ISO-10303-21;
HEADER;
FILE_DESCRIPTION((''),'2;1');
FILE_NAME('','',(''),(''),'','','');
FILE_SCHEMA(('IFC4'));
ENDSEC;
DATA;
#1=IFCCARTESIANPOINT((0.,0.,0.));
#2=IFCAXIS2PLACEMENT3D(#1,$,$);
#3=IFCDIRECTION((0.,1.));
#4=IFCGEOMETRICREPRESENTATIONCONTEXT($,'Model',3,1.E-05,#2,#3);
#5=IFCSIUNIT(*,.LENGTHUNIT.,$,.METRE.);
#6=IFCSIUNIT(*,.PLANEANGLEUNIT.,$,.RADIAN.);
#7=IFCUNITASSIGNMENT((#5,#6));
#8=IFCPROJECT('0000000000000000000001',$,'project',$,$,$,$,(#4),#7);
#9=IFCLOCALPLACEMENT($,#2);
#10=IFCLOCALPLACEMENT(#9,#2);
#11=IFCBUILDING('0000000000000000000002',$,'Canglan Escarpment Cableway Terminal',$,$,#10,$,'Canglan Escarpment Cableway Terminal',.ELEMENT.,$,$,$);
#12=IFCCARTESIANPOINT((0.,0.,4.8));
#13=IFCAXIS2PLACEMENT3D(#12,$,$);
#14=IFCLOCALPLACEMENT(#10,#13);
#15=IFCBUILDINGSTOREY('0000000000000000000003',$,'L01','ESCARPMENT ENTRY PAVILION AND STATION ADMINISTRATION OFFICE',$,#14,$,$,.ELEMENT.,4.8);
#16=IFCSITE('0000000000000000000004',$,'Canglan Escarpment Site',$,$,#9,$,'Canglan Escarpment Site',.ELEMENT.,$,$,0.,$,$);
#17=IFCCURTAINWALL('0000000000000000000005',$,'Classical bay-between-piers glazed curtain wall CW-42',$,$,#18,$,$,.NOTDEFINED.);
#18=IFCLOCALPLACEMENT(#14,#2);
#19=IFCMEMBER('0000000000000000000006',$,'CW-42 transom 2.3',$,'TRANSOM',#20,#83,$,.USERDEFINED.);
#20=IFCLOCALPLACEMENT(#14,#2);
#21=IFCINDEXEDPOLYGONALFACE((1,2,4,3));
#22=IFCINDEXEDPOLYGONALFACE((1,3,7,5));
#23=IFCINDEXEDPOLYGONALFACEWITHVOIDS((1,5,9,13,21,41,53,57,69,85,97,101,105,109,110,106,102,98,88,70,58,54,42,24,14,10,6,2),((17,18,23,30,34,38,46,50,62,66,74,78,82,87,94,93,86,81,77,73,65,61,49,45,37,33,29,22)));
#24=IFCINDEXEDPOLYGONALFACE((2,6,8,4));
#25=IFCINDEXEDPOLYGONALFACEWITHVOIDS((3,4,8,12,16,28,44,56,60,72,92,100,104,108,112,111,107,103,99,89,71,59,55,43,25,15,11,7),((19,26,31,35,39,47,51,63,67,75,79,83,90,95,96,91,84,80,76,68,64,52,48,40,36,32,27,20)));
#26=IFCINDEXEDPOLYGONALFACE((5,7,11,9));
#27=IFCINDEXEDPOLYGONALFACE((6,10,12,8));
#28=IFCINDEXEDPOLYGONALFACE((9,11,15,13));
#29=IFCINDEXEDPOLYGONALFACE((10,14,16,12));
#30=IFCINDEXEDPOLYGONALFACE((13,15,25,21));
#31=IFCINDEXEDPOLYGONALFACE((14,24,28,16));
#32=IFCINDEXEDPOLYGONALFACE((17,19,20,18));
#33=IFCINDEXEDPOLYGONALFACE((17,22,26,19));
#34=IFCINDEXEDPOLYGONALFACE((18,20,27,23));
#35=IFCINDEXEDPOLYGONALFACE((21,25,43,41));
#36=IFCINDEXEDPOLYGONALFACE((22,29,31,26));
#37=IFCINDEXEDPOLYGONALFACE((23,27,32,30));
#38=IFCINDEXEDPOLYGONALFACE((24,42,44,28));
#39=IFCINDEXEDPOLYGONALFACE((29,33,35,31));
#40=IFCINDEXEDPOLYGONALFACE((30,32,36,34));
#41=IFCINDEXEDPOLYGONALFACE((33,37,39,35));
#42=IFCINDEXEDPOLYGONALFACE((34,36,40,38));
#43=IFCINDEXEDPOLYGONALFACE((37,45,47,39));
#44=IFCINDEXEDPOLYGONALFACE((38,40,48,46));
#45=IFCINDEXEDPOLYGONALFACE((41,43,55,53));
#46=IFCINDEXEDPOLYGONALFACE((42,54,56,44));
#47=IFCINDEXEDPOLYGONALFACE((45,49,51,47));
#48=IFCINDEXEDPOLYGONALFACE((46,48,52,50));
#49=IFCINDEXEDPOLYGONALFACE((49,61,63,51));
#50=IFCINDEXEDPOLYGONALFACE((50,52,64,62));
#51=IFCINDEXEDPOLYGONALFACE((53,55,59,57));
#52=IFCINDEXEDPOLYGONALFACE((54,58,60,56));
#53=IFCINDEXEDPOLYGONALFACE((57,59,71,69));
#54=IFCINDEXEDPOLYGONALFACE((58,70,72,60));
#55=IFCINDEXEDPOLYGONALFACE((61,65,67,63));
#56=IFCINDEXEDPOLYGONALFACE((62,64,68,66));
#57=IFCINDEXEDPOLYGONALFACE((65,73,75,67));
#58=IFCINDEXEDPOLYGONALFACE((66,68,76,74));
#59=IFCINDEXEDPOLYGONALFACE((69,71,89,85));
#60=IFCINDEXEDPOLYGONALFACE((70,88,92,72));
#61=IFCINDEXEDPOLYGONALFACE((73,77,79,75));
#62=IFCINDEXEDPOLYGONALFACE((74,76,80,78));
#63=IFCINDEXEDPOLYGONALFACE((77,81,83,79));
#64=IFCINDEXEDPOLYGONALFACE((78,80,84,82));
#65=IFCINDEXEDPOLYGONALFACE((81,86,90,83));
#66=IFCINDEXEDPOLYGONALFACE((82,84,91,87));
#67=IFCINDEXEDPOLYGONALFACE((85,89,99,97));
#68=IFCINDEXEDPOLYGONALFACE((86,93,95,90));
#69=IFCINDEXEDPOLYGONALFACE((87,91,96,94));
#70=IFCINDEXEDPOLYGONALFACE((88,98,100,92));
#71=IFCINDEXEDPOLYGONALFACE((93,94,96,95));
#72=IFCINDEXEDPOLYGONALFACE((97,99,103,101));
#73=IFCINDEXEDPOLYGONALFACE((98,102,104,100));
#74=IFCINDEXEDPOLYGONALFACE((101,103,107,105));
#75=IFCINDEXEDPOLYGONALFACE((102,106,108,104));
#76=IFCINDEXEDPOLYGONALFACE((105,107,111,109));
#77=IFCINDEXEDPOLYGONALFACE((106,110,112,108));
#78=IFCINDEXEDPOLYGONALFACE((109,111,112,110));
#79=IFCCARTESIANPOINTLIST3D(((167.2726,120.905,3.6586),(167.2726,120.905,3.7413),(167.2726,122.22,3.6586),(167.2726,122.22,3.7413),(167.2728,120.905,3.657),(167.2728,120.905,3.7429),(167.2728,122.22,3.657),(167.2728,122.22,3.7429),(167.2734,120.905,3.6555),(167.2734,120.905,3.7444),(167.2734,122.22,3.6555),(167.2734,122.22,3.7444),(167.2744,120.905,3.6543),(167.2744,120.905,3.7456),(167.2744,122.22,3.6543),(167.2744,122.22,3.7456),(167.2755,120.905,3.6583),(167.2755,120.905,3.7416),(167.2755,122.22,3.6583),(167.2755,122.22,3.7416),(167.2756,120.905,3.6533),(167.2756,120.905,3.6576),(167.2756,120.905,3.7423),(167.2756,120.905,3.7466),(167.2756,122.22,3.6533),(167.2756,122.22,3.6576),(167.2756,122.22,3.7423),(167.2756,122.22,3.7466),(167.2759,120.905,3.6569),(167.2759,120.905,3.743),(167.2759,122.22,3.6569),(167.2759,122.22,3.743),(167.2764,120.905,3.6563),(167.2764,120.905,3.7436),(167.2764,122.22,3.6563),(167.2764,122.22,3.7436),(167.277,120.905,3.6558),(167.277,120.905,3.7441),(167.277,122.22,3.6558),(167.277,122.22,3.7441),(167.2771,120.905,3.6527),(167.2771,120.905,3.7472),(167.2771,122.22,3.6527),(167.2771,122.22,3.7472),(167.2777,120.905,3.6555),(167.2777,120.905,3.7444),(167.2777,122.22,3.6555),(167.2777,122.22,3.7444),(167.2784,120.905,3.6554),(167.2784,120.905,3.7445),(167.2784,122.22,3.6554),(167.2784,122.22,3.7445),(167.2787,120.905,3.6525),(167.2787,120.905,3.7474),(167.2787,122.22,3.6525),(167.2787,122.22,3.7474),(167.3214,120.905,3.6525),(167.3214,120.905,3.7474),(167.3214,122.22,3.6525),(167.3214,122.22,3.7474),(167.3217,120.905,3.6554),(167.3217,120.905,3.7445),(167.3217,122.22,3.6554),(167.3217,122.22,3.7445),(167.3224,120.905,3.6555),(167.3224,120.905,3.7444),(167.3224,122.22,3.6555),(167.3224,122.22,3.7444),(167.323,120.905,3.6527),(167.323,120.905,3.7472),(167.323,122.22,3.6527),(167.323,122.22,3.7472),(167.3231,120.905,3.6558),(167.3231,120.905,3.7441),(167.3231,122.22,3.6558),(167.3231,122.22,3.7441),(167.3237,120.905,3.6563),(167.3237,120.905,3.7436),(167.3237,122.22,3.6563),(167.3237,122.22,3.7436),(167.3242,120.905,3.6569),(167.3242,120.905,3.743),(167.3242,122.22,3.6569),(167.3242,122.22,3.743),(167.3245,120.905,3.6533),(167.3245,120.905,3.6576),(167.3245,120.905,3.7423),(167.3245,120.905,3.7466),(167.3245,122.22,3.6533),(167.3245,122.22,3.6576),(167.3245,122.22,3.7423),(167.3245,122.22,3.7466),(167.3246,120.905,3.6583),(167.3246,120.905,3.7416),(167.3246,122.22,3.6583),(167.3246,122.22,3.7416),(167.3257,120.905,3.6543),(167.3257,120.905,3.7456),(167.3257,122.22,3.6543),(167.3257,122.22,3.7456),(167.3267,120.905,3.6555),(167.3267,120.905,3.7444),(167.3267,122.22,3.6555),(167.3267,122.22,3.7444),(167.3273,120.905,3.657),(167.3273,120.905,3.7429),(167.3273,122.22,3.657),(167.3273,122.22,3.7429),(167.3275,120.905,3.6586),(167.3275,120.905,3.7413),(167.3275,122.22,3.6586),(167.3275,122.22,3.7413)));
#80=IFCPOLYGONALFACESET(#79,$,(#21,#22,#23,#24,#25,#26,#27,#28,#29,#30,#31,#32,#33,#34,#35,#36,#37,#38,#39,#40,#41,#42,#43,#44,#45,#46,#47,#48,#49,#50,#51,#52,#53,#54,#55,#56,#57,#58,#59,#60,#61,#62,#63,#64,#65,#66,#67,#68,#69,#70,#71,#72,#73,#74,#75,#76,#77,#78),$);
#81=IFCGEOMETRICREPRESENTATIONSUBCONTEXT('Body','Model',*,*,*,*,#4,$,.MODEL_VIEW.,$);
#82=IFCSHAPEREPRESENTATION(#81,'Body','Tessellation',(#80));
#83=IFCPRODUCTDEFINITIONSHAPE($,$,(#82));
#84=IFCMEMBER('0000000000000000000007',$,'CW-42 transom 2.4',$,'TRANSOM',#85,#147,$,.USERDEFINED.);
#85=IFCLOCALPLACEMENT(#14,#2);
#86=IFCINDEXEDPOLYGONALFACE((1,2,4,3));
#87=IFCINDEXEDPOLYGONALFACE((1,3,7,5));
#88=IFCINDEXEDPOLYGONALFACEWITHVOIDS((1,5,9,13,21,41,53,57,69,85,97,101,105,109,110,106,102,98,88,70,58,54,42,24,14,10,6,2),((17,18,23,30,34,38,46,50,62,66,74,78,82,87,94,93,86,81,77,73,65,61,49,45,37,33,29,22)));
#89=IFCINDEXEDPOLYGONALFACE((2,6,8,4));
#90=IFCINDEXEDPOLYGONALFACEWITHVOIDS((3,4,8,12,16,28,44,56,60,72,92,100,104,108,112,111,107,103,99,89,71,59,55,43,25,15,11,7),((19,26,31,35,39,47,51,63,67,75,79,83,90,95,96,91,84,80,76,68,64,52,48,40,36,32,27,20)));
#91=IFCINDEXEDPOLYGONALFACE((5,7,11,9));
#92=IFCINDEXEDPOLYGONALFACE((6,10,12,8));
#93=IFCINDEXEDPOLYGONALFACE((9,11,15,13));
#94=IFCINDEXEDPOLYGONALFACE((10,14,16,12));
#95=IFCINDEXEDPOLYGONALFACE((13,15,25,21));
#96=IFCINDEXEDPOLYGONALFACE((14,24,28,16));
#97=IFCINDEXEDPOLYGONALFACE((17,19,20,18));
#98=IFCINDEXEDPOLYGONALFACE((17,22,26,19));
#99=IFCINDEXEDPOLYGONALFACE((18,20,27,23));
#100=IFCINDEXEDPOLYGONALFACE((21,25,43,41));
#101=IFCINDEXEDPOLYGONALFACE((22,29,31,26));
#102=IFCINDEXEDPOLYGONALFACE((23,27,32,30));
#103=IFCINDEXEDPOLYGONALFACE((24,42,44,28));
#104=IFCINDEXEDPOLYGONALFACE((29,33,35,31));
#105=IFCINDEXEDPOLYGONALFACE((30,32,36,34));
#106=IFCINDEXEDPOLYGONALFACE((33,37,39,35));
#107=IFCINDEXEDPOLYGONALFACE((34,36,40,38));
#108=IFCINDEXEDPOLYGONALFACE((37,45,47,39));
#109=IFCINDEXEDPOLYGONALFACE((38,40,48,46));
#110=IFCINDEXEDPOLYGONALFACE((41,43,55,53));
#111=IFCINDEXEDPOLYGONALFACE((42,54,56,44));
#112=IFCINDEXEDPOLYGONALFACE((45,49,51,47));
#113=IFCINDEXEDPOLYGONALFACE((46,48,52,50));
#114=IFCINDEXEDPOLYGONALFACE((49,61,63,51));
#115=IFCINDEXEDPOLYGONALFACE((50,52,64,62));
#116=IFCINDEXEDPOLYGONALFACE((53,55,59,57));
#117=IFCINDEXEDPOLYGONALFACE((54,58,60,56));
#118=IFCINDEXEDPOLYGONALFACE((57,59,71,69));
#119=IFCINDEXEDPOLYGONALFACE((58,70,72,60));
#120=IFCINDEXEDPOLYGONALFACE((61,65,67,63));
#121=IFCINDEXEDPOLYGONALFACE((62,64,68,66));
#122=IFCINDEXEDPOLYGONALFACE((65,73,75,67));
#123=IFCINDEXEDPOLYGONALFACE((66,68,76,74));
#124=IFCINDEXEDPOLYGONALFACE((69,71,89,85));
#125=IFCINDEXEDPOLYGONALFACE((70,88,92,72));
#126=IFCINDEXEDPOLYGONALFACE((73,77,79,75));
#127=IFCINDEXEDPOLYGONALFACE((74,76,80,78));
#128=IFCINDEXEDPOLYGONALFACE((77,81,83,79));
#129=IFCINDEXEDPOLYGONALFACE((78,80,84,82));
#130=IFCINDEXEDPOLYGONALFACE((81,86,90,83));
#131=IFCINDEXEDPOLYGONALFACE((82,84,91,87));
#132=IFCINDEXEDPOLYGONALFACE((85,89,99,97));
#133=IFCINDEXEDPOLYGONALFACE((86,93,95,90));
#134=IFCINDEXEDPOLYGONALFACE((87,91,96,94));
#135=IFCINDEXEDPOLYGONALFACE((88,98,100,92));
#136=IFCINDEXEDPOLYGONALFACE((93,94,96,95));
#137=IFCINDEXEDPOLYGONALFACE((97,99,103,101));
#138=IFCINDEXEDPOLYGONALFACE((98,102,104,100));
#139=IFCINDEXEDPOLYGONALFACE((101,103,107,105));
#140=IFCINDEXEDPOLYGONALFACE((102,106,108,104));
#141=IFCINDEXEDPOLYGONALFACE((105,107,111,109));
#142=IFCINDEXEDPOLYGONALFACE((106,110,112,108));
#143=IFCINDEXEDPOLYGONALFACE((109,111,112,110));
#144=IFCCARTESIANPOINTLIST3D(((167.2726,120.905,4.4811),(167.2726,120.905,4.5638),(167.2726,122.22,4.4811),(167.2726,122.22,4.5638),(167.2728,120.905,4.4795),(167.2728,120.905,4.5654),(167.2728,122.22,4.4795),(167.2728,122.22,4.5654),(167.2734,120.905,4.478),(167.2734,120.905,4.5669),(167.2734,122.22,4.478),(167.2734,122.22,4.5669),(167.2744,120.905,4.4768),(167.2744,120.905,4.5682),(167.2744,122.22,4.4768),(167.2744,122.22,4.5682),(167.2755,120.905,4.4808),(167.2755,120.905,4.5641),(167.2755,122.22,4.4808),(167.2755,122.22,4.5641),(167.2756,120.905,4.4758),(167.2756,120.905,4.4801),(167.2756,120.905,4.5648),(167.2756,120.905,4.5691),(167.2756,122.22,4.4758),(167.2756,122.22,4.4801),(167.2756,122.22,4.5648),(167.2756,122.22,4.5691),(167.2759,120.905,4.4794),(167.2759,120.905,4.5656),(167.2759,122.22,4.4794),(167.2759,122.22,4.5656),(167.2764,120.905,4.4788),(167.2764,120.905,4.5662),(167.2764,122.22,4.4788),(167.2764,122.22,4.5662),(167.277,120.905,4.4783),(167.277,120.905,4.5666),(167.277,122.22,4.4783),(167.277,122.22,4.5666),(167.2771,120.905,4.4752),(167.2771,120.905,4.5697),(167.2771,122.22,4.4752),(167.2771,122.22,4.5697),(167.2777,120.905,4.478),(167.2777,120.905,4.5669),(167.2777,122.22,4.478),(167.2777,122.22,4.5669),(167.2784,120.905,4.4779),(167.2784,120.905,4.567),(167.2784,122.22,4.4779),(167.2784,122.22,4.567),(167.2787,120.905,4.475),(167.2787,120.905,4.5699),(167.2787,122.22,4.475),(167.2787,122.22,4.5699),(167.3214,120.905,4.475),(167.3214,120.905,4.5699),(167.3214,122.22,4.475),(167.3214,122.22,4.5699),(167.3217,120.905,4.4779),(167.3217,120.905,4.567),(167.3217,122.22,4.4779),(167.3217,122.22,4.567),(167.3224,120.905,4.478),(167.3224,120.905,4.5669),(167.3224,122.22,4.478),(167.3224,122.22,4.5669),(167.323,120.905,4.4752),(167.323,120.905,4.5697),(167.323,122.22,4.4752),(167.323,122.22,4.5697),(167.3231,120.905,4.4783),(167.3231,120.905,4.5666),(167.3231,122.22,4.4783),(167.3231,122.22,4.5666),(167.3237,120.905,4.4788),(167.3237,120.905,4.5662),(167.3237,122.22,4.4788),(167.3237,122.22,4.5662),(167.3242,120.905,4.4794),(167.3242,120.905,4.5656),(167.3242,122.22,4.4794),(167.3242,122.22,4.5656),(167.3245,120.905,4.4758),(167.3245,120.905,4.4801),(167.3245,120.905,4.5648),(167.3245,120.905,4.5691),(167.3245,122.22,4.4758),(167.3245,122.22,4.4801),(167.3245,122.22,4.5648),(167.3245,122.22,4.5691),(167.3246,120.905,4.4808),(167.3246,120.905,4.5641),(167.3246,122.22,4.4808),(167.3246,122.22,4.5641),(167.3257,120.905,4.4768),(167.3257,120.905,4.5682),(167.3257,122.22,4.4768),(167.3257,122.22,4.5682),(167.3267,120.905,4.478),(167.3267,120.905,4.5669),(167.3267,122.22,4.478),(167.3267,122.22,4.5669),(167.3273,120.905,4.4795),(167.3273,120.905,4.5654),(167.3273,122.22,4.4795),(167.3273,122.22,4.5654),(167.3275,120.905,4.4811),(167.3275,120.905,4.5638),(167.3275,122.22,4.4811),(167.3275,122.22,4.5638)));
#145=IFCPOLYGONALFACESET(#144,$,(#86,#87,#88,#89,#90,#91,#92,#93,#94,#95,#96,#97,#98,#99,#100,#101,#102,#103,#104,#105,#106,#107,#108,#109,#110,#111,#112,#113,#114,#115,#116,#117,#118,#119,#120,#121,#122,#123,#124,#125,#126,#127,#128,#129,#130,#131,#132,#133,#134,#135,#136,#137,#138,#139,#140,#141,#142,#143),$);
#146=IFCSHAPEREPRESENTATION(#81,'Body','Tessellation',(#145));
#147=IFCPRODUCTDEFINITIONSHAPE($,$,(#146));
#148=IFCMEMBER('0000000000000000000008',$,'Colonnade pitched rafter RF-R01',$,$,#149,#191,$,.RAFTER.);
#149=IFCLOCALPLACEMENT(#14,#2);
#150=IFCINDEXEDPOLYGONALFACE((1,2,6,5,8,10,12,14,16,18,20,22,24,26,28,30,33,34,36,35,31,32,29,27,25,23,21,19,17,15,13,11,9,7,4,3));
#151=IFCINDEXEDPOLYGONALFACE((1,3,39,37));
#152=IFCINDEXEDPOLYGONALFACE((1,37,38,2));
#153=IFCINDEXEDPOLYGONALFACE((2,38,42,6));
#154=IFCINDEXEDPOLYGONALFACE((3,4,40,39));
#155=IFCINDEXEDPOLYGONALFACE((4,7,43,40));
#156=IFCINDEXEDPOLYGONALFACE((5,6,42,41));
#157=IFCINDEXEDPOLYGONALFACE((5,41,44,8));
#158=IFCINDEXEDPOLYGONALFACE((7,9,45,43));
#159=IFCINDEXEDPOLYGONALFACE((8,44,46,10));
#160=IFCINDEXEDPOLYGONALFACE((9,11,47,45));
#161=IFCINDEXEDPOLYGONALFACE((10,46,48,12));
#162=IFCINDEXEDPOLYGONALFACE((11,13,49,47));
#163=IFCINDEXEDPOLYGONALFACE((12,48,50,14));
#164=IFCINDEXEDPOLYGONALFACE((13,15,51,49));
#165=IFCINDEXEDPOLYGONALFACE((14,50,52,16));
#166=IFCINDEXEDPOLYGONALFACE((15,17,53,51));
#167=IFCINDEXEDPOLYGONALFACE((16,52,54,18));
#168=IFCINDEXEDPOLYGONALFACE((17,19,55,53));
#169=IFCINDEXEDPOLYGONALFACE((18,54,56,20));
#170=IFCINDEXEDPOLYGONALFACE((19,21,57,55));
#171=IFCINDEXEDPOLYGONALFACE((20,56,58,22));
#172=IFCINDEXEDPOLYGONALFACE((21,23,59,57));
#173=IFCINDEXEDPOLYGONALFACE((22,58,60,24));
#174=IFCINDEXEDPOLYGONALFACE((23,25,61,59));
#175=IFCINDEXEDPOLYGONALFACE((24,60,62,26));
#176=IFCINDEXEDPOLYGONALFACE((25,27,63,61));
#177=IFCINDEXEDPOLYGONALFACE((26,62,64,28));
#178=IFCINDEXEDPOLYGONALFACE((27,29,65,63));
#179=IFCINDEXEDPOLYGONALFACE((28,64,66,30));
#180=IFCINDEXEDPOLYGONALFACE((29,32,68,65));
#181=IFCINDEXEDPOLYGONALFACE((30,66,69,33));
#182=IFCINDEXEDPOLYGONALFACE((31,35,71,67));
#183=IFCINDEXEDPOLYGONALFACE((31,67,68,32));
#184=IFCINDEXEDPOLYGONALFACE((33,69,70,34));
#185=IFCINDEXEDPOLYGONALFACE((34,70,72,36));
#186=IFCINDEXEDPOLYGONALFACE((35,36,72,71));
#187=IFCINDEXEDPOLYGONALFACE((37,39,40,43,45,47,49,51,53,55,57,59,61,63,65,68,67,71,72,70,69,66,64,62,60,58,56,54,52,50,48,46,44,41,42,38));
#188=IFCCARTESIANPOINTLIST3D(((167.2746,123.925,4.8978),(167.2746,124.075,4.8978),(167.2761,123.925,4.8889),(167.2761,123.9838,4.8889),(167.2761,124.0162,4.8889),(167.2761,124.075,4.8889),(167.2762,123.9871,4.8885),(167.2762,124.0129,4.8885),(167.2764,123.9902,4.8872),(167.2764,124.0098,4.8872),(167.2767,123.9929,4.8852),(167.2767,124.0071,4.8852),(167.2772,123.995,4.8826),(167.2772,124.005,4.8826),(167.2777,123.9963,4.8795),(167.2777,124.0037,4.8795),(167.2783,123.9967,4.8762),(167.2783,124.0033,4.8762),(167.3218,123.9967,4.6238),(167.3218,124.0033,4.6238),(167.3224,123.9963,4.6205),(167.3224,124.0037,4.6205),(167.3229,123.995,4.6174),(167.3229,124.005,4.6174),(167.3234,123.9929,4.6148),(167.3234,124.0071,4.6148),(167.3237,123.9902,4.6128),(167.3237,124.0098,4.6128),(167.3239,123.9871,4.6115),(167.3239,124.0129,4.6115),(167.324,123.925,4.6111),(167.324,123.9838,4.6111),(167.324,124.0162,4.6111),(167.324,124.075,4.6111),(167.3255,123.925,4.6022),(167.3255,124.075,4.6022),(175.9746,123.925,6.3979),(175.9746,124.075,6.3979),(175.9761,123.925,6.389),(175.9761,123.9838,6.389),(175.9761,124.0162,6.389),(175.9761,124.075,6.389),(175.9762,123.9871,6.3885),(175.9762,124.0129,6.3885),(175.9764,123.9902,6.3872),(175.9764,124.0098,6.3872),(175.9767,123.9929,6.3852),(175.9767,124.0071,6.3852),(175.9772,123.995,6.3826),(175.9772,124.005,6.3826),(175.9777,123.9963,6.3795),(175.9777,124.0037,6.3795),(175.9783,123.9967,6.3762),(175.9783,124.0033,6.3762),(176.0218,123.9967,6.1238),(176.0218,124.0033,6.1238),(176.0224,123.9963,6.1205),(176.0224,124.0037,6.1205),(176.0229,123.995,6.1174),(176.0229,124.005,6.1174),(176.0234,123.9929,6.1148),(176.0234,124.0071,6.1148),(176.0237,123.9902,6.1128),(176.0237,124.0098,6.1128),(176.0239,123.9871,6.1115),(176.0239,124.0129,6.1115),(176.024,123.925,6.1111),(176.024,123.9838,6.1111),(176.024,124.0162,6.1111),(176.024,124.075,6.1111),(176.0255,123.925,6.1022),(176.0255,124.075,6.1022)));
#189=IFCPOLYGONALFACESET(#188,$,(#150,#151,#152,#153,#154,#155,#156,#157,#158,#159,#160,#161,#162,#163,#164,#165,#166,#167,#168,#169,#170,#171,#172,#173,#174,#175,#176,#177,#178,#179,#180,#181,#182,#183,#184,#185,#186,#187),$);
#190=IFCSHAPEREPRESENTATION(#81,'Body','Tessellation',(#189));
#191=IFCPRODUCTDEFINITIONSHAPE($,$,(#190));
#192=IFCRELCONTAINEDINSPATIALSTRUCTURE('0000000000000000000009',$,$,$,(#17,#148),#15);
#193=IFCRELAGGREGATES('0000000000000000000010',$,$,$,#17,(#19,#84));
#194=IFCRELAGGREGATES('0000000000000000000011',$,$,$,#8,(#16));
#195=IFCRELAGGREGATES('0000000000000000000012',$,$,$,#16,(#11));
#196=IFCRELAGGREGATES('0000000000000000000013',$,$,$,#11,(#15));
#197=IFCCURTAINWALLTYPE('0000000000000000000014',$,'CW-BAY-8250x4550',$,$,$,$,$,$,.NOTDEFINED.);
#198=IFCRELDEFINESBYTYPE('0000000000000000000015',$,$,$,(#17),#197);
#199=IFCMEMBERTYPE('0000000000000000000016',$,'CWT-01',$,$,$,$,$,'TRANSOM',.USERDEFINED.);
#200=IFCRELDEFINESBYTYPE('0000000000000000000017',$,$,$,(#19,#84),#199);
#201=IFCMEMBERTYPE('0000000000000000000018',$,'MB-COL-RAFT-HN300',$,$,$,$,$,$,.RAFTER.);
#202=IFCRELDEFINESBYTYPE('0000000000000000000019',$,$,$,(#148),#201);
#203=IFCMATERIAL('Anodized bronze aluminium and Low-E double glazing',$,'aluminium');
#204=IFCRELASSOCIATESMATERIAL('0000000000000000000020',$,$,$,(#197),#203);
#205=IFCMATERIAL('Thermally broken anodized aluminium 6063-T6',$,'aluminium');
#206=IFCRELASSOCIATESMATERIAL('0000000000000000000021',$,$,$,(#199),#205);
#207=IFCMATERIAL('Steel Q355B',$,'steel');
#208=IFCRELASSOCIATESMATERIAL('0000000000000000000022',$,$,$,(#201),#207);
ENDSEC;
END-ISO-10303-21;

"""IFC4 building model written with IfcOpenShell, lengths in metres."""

from ifc_helpers import new_model, si_unit, direction, frame, origin, origin_2d, place, context, subcontext, project, spatial, hollow_rectangle, i_section, extrude, material, material_profile, profile_set, type_object, element, aggregate, save


model = new_model("IFC4")

# Units and contexts
model_context = context("Model", 3, precision=1e-05, world=origin(), true_north=direction((0.0, 1.0)))
body_context = subcontext(model_context, "Body", "Model", "MODEL_VIEW")
ifc_project = project(units=[si_unit("LENGTHUNIT", "METRE"), si_unit("PLANEANGLEUNIT", "RADIAN")], contexts=[model_context])

# Site, building, storey
site_placement = place(None, origin())
site = spatial("IfcSite", under=ifc_project, at=site_placement, Name="Canglan Escarpment Site", LongName="Canglan Escarpment Site", CompositionType="ELEMENT", RefElevation=0.0)
building_placement = place(site_placement, origin())
building = spatial("IfcBuilding", under=site, at=building_placement, Name="Canglan Escarpment Cableway Terminal", LongName="Canglan Escarpment Cableway Terminal", CompositionType="ELEMENT")
storey_placement = place(building_placement, frame((0.0, 0.0, 4.8)))
storey = spatial("IfcBuildingStorey", under=building, at=storey_placement, Name="L01", Description="ESCARPMENT ENTRY PAVILION AND STATION ADMINISTRATION OFFICE", CompositionType="ELEMENT", Elevation=4.8)

# Shared definitions
ifc_material_1 = material(Name="Steel Q355B", Category="steel")

# Curtain wall, members
ifc_material_2 = material(Name="Anodized bronze aluminium and Low-E double glazing", Category="aluminium")
curtain_wall_type = type_object("IfcCurtainWallType", Name="CW-BAY-8250x4550", PredefinedType="NOTDEFINED", material=ifc_material_2)
curtain_wall_placement = place(storey_placement, origin())
curtain_wall = element("IfcCurtainWall", 1, at=curtain_wall_placement, inside=storey, type_object=curtain_wall_type, Name="Classical bay-between-piers glazed curtain wall CW-42", PredefinedType="NOTDEFINED")
ifc_material_3 = material(Name="Thermally broken anodized aluminium 6063-T6", Category="aluminium")
ifc_material_profile_1 = material_profile(ifc_material_3, hollow_rectangle(XDim=0.0549, YDim=0.095, WallThickness=0.0029, InnerFilletRadius=0.0029, OuterFilletRadius=0.0061, at=origin_2d()), Name="ALU-TRAN 55x95x3")
ifc_profile_set_1 = profile_set([ifc_material_profile_1], Name="Thermally broken anodized aluminium 6063-T6")
member_type_1 = type_object("IfcMemberType", Name="CWT-01", ElementType="TRANSOM", PredefinedType="USERDEFINED", material=ifc_profile_set_1)
member_1_placement = place(storey_placement, frame((167.3, 122.22, 3.7), z_axis=(0.0, -1.0, 0.0), x_axis=(1.0, 0.0, 0.0)))
member_1 = element("IfcMember", 2, at=member_1_placement, type_object=member_type_1, Name="CW-42 transom 2.3", ObjectType="TRANSOM", PredefinedType="USERDEFINED", context=body_context, shape_type="SweptSolid", body=[
    extrude(hollow_rectangle(XDim=0.0549, YDim=0.095, WallThickness=0.0029, InnerFilletRadius=0.0029, OuterFilletRadius=0.0061, at=origin_2d()), origin(), (0.0, 0.0, 1.0), 1.3149),
])
member_2_placement = place(storey_placement, frame((167.3, 122.22, 4.5225), z_axis=(0.0, -1.0, 0.0), x_axis=(1.0, 0.0, 0.0)))
member_2 = element("IfcMember", 3, at=member_2_placement, type_object=member_type_1, Name="CW-42 transom 2.4", ObjectType="TRANSOM", PredefinedType="USERDEFINED", context=body_context, shape_type="SweptSolid", body=[
    extrude(hollow_rectangle(XDim=0.0549, YDim=0.095, WallThickness=0.0029, InnerFilletRadius=0.0029, OuterFilletRadius=0.0061, at=origin_2d()), origin(), (0.0, 0.0, 1.0), 1.3149),
])

# Member
ifc_material_profile_2 = material_profile(ifc_material_1, i_section(OverallWidth=0.1499, OverallDepth=0.3, WebThickness=0.0066, FlangeThickness=0.009, FilletRadius=0.0129, at=origin_2d()), Name="HN 300x150x6.5x9")
ifc_profile_set_2 = profile_set([ifc_material_profile_2], Name="Steel Q355B")
member_type_2 = type_object("IfcMemberType", Name="MB-COL-RAFT-HN300", PredefinedType="RAFTER", material=ifc_profile_set_2)
member_3_placement = place(storey_placement, frame((167.3, 124.0, 4.75), z_axis=(0.98546, 0.0, 0.169908), x_axis=(0.0, 1.0, 0.0)))
element("IfcMember", 4, at=member_3_placement, inside=storey, type_object=member_type_2, Name="Colonnade pitched rafter RF-R01", PredefinedType="RAFTER", context=body_context, shape_type="SweptSolid", body=[
    extrude(i_section(OverallWidth=0.1499, OverallDepth=0.3, WebThickness=0.0066, FlangeThickness=0.009, FilletRadius=0.0129, at=origin_2d()), origin(), (0.0, 0.0, 1.0), 8.8284),
])

aggregate(curtain_wall, [member_1, member_2])

save(model, "model.ifc")
